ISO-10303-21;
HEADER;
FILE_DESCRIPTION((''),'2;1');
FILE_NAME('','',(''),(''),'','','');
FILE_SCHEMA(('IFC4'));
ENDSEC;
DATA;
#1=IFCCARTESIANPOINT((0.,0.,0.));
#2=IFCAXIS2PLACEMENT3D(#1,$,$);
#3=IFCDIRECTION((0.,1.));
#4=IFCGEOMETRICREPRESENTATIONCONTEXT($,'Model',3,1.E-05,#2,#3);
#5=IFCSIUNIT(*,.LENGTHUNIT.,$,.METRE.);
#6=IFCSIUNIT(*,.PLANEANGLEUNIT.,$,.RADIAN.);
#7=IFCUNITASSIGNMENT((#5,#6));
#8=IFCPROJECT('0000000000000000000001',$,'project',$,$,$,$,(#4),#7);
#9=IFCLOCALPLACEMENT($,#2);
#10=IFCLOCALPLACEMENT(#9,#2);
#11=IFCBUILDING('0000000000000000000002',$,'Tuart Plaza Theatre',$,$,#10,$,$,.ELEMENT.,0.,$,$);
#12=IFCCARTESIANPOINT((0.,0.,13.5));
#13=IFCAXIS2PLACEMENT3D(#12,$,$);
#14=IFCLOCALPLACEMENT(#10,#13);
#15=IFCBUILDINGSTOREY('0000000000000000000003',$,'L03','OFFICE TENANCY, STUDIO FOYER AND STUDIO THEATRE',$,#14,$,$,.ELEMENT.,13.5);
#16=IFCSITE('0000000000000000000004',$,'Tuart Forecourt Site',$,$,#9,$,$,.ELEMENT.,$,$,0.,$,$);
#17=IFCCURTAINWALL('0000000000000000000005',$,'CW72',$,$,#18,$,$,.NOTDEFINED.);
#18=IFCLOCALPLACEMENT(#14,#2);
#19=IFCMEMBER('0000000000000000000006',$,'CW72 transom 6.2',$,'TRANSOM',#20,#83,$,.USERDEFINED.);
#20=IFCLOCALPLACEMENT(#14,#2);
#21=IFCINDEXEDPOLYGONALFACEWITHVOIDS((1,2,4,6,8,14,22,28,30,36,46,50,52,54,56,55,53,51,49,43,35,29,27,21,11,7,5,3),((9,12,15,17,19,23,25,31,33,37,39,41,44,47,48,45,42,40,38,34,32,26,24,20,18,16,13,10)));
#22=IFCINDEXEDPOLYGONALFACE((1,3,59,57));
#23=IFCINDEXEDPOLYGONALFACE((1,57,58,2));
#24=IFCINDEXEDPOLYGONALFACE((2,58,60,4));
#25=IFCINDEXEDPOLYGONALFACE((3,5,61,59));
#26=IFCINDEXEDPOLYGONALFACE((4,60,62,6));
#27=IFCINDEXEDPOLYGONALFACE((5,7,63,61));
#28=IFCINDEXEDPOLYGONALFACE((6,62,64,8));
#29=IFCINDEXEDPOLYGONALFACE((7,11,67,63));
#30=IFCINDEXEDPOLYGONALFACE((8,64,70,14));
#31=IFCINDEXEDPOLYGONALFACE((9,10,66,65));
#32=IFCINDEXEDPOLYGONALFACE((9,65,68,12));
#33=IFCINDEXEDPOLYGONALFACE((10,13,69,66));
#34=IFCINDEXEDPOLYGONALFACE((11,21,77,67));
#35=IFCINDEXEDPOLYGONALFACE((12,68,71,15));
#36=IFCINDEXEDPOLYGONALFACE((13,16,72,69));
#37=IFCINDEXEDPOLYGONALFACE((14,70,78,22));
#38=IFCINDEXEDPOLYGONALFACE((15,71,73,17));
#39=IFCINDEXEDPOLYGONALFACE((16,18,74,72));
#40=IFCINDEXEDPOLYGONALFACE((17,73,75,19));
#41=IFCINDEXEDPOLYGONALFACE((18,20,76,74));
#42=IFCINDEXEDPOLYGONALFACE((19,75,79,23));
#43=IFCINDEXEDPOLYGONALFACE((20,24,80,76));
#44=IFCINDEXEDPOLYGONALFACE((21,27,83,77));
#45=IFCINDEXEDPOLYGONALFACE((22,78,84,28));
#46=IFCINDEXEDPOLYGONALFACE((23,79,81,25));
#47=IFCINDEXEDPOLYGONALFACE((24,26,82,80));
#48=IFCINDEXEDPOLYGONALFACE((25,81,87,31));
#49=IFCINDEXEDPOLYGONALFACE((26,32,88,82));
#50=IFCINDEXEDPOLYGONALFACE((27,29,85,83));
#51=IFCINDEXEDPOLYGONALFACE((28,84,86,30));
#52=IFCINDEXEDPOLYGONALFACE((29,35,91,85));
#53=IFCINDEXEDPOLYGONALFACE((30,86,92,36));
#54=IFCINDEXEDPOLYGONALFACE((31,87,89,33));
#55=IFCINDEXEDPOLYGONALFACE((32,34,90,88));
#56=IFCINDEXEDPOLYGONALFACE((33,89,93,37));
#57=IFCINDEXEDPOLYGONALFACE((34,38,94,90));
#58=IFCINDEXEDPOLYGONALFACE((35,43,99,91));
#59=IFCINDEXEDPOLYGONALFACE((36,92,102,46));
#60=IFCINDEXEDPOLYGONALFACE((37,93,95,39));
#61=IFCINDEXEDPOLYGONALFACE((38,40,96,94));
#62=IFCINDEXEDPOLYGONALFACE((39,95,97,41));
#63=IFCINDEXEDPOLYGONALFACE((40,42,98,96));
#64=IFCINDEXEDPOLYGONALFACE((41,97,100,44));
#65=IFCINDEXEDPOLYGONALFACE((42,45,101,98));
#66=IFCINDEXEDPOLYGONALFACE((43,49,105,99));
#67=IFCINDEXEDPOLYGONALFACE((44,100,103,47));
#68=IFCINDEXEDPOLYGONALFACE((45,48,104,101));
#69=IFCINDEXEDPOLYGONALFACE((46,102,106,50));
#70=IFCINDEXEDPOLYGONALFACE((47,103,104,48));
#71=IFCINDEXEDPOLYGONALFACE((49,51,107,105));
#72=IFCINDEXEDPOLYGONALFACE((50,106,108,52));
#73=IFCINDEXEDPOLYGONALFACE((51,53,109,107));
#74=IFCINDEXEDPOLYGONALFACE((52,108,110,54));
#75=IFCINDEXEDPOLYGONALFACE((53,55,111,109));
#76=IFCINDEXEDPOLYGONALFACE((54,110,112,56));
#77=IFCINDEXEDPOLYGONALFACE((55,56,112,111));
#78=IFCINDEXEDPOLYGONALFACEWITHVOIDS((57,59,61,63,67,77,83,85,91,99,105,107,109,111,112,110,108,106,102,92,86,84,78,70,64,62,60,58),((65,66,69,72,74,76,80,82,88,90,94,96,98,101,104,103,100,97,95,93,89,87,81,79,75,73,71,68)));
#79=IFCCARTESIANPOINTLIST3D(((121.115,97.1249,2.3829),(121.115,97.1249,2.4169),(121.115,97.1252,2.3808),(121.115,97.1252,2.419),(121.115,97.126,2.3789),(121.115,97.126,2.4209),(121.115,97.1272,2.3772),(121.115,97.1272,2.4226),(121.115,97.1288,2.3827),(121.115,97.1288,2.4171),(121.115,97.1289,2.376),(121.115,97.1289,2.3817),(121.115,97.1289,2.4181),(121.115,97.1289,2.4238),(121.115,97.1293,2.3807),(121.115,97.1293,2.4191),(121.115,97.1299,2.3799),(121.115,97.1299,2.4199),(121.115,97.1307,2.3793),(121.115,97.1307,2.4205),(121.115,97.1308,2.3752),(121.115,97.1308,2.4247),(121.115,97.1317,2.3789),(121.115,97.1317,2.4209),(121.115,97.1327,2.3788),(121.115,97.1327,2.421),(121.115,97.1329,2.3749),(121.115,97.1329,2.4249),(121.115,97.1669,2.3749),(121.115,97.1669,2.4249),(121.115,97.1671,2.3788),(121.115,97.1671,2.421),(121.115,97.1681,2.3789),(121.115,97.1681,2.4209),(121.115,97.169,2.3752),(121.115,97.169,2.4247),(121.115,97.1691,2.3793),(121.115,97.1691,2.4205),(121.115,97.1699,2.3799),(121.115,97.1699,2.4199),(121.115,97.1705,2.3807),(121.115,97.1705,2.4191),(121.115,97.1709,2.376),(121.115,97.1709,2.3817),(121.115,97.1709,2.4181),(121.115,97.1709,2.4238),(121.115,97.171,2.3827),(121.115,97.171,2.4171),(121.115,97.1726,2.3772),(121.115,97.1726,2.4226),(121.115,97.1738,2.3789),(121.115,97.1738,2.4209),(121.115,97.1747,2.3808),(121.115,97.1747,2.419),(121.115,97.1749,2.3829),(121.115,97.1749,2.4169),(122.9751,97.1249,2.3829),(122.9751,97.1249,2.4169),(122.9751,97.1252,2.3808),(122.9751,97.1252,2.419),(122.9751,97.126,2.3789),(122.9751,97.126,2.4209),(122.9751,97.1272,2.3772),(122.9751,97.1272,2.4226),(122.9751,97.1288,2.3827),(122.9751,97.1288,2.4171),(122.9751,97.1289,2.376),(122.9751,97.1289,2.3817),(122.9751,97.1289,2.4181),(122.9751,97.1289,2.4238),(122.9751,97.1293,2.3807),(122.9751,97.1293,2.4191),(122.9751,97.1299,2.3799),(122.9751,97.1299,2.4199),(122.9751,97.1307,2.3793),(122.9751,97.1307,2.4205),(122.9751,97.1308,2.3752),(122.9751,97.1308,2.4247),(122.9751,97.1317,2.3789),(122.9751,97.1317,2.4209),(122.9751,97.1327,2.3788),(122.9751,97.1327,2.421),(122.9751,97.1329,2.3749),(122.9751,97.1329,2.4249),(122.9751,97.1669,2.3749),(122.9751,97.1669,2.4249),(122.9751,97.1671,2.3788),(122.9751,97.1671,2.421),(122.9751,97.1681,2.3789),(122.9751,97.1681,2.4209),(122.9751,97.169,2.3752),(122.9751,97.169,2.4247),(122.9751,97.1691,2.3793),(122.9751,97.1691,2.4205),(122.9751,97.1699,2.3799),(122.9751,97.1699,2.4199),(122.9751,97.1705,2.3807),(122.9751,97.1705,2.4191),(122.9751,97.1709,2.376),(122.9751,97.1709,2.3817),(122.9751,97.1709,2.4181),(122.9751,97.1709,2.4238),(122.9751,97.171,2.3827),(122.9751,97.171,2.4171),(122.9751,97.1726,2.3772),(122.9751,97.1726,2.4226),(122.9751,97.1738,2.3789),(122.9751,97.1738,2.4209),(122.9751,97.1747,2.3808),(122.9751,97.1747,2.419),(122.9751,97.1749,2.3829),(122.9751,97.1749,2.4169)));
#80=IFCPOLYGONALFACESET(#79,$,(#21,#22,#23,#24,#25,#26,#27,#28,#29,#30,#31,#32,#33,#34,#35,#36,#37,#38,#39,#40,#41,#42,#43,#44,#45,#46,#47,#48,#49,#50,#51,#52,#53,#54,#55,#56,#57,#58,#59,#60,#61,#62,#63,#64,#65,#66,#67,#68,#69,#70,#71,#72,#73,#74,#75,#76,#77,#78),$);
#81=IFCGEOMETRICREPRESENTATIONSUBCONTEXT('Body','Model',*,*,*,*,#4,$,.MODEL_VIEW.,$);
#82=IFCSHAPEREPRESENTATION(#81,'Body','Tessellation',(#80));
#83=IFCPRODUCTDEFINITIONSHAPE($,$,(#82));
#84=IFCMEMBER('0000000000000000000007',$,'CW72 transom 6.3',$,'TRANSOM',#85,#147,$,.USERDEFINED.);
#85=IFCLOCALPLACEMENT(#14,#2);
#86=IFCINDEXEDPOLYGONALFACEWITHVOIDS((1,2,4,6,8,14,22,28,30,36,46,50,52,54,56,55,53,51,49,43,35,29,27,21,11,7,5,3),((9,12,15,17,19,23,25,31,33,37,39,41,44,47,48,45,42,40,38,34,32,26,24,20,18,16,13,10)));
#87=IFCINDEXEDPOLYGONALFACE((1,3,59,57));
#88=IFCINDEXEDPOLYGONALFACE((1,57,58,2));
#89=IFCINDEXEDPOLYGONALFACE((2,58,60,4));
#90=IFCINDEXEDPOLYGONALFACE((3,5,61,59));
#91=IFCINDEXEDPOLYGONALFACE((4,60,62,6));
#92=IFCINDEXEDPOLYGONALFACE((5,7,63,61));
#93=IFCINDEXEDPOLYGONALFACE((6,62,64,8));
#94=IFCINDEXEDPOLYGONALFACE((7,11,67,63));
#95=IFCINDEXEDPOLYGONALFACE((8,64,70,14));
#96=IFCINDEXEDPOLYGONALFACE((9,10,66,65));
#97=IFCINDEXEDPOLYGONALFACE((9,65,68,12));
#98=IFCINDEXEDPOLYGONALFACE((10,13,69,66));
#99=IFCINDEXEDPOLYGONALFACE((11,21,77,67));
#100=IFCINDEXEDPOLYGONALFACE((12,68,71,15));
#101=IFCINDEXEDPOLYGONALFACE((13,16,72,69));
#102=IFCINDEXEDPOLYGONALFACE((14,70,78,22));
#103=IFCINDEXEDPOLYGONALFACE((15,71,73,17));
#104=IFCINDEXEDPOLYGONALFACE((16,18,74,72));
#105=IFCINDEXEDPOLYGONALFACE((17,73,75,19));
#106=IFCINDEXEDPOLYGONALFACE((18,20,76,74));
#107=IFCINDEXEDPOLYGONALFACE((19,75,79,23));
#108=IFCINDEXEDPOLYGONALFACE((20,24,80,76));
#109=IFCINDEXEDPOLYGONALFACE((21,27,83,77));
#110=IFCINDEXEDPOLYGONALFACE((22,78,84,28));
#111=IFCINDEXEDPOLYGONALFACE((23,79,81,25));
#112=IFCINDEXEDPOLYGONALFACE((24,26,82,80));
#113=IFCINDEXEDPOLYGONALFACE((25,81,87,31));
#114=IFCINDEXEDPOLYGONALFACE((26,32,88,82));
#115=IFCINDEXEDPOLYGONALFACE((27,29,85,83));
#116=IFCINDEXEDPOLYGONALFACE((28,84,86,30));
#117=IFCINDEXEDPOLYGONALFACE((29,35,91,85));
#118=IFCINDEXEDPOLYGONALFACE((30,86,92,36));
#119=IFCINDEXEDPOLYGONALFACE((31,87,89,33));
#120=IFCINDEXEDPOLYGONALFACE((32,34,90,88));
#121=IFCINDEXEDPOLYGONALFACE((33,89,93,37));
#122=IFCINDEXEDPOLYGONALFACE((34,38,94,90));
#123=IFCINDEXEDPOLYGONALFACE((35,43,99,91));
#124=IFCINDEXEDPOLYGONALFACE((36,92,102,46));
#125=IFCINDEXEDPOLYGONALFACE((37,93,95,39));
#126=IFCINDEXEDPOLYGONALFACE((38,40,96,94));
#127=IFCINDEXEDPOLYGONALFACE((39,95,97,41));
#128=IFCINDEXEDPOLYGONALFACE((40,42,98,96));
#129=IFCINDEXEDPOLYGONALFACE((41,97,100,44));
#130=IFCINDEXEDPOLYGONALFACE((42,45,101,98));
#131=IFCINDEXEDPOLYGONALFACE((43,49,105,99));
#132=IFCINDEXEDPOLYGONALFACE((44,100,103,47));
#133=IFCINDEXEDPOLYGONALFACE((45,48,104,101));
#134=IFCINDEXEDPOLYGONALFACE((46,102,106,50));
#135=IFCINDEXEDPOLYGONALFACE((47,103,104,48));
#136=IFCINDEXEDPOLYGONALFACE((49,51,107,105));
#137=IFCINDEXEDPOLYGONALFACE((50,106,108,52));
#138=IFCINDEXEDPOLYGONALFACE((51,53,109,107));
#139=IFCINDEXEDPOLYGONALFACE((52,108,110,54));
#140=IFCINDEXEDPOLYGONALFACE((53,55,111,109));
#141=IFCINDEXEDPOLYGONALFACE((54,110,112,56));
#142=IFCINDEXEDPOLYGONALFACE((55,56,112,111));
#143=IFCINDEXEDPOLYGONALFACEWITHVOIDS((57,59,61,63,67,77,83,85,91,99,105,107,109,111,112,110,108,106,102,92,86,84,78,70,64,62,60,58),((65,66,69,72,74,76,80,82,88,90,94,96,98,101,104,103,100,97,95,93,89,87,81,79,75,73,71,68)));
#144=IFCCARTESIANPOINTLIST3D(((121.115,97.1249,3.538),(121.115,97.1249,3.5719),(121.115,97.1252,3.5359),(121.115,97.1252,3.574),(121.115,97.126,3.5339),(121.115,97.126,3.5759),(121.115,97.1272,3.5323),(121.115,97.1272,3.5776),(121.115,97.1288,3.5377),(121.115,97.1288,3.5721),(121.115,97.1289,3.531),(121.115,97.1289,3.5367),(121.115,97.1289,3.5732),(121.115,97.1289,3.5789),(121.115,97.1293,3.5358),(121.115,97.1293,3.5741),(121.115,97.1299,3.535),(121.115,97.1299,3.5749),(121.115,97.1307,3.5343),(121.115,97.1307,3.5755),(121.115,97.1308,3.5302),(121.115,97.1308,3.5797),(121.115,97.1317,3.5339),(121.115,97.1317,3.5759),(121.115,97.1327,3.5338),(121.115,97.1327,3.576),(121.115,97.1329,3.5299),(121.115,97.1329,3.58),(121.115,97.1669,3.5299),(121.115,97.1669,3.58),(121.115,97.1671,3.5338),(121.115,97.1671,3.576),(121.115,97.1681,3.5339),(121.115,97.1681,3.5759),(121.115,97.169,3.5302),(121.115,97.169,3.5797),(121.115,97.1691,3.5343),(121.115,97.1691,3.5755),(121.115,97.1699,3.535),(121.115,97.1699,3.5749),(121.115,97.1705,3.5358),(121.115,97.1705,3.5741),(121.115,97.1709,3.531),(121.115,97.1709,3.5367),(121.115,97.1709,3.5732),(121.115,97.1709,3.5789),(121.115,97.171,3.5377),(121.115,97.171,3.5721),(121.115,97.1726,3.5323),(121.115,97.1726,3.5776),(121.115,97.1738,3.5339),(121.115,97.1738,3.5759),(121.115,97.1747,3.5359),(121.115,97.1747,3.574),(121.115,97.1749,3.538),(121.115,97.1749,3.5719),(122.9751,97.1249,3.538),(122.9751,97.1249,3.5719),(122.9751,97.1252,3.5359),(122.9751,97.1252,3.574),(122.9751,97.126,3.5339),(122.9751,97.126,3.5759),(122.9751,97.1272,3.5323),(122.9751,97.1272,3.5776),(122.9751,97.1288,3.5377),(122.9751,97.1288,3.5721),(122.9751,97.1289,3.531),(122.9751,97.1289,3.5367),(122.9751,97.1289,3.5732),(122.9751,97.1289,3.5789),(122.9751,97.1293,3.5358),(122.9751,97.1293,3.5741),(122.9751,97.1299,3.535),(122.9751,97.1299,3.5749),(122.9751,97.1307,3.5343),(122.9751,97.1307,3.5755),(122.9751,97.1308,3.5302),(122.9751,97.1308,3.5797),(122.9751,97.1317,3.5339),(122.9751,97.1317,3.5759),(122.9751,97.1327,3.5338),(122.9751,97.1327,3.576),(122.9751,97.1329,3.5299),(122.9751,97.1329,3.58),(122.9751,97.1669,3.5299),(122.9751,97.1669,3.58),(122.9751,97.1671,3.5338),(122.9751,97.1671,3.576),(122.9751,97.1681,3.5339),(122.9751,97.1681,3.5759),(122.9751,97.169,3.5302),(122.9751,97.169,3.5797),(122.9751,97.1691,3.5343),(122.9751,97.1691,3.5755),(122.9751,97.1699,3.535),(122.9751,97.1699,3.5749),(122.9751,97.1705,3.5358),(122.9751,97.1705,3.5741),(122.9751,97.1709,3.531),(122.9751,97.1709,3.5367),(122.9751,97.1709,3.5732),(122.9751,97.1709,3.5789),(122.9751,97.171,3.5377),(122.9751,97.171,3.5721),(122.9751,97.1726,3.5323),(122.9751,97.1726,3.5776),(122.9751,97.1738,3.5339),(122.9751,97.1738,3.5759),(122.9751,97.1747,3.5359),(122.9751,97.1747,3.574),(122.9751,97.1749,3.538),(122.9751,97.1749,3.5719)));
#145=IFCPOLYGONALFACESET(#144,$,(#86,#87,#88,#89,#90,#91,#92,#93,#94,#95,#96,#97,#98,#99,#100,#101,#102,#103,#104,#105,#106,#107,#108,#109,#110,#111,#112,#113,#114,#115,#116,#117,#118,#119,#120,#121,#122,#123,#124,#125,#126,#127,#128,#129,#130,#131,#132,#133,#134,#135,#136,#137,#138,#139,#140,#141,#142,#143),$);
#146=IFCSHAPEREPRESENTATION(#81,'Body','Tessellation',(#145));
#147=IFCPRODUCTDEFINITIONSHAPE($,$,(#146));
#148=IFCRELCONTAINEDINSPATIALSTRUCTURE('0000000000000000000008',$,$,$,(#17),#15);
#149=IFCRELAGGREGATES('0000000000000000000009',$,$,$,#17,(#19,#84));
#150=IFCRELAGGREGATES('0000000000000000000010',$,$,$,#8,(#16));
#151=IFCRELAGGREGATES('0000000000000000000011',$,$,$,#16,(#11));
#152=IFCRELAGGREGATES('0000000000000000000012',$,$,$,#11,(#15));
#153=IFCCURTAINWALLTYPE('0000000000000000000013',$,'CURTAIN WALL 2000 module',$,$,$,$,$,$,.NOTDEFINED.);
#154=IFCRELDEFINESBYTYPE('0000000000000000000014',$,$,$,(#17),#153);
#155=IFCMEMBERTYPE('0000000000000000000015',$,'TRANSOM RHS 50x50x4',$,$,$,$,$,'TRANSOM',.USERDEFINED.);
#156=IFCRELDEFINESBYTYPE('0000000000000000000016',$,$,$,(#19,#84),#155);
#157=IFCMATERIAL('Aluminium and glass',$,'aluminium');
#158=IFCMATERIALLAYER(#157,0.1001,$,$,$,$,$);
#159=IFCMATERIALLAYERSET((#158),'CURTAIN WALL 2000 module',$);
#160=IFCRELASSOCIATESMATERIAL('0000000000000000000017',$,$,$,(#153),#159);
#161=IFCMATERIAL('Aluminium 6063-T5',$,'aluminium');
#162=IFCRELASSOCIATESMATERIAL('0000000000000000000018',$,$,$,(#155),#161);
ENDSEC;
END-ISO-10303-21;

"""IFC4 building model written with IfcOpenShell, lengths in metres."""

from ifc_helpers import new_model, si_unit, direction, frame, origin, origin_2d, place, context, subcontext, project, spatial, hollow_rectangle, extrude, material, layer, layer_set, material_profile, profile_set, type_object, element, aggregate, save


model = new_model("IFC4")

# Units and contexts
model_context = context("Model", 3, precision=1e-05, world=origin(), true_north=direction((0.0, 1.0)))
body_context = subcontext(model_context, "Body", "Model", "MODEL_VIEW")
ifc_project = project(units=[si_unit("LENGTHUNIT", "METRE"), si_unit("PLANEANGLEUNIT", "RADIAN")], contexts=[model_context])

# Site, building, storey
site_placement = place(None, origin())
site = spatial("IfcSite", under=ifc_project, at=site_placement, Name="Tuart Forecourt Site", CompositionType="ELEMENT", RefElevation=0.0)
building_placement = place(site_placement, origin())
building = spatial("IfcBuilding", under=site, at=building_placement, Name="Tuart Plaza Theatre", CompositionType="ELEMENT", ElevationOfRefHeight=0.0)
storey_placement = place(building_placement, frame((0.0, 0.0, 13.5)))
storey = spatial("IfcBuildingStorey", under=building, at=storey_placement, Name="L03", Description="OFFICE TENANCY, STUDIO FOYER AND STUDIO THEATRE", CompositionType="ELEMENT", Elevation=13.5)

# Curtain wall, members
ifc_material_1 = material(Name="Aluminium and glass", Category="aluminium")
ifc_layer_1 = layer(ifc_material_1, 0.1001)
ifc_layer_set_1 = layer_set([ifc_layer_1], Name="CURTAIN WALL 2000 module")
curtain_wall_type = type_object("IfcCurtainWallType", Name="CURTAIN WALL 2000 module", PredefinedType="NOTDEFINED", material=ifc_layer_set_1)
curtain_wall_placement = place(storey_placement, origin())
curtain_wall = element("IfcCurtainWall", 1, at=curtain_wall_placement, inside=storey, type_object=curtain_wall_type, Name="CW72", PredefinedType="NOTDEFINED")
ifc_material_2 = material(Name="Aluminium 6063-T5", Category="aluminium")
ifc_material_profile_1 = material_profile(ifc_material_2, hollow_rectangle(XDim=0.05, YDim=0.05, WallThickness=0.0039, InnerFilletRadius=0.0039, OuterFilletRadius=0.0081, at=origin_2d()), Name="RHS 50x50x4")
ifc_profile_set_1 = profile_set([ifc_material_profile_1], Name="Aluminium 6063-T5")
member_type_1 = type_object("IfcMemberType", Name="TRANSOM RHS 50x50x4", ElementType="TRANSOM", PredefinedType="USERDEFINED", material=ifc_profile_set_1)
member_1_placement = place(storey_placement, frame((122.9751, 97.1499, 2.3999), z_axis=(-1.0, 0.0, 0.0), x_axis=(0.0, -1.0, 0.0)))
member_1 = element("IfcMember", 2, at=member_1_placement, type_object=member_type_1, Name="CW72 transom 6.2", ObjectType="TRANSOM", PredefinedType="USERDEFINED", context=body_context, shape_type="SweptSolid", body=[
    extrude(hollow_rectangle(XDim=0.05, YDim=0.05, WallThickness=0.0039, InnerFilletRadius=0.0039, OuterFilletRadius=0.0081, at=origin_2d()), origin(), (0.0, 0.0, 1.0), 1.8601),
])
member_2_placement = place(storey_placement, frame((122.9751, 97.1499, 3.5549), z_axis=(-1.0, 0.0, 0.0), x_axis=(0.0, -1.0, 0.0)))
member_2 = element("IfcMember", 3, at=member_2_placement, type_object=member_type_1, Name="CW72 transom 6.3", ObjectType="TRANSOM", PredefinedType="USERDEFINED", context=body_context, shape_type="SweptSolid", body=[
    extrude(hollow_rectangle(XDim=0.05, YDim=0.05, WallThickness=0.0039, InnerFilletRadius=0.0039, OuterFilletRadius=0.0081, at=origin_2d()), origin(), (0.0, 0.0, 1.0), 1.8601),
])
aggregate(curtain_wall, [member_1, member_2])

save(model, "model.ifc")
